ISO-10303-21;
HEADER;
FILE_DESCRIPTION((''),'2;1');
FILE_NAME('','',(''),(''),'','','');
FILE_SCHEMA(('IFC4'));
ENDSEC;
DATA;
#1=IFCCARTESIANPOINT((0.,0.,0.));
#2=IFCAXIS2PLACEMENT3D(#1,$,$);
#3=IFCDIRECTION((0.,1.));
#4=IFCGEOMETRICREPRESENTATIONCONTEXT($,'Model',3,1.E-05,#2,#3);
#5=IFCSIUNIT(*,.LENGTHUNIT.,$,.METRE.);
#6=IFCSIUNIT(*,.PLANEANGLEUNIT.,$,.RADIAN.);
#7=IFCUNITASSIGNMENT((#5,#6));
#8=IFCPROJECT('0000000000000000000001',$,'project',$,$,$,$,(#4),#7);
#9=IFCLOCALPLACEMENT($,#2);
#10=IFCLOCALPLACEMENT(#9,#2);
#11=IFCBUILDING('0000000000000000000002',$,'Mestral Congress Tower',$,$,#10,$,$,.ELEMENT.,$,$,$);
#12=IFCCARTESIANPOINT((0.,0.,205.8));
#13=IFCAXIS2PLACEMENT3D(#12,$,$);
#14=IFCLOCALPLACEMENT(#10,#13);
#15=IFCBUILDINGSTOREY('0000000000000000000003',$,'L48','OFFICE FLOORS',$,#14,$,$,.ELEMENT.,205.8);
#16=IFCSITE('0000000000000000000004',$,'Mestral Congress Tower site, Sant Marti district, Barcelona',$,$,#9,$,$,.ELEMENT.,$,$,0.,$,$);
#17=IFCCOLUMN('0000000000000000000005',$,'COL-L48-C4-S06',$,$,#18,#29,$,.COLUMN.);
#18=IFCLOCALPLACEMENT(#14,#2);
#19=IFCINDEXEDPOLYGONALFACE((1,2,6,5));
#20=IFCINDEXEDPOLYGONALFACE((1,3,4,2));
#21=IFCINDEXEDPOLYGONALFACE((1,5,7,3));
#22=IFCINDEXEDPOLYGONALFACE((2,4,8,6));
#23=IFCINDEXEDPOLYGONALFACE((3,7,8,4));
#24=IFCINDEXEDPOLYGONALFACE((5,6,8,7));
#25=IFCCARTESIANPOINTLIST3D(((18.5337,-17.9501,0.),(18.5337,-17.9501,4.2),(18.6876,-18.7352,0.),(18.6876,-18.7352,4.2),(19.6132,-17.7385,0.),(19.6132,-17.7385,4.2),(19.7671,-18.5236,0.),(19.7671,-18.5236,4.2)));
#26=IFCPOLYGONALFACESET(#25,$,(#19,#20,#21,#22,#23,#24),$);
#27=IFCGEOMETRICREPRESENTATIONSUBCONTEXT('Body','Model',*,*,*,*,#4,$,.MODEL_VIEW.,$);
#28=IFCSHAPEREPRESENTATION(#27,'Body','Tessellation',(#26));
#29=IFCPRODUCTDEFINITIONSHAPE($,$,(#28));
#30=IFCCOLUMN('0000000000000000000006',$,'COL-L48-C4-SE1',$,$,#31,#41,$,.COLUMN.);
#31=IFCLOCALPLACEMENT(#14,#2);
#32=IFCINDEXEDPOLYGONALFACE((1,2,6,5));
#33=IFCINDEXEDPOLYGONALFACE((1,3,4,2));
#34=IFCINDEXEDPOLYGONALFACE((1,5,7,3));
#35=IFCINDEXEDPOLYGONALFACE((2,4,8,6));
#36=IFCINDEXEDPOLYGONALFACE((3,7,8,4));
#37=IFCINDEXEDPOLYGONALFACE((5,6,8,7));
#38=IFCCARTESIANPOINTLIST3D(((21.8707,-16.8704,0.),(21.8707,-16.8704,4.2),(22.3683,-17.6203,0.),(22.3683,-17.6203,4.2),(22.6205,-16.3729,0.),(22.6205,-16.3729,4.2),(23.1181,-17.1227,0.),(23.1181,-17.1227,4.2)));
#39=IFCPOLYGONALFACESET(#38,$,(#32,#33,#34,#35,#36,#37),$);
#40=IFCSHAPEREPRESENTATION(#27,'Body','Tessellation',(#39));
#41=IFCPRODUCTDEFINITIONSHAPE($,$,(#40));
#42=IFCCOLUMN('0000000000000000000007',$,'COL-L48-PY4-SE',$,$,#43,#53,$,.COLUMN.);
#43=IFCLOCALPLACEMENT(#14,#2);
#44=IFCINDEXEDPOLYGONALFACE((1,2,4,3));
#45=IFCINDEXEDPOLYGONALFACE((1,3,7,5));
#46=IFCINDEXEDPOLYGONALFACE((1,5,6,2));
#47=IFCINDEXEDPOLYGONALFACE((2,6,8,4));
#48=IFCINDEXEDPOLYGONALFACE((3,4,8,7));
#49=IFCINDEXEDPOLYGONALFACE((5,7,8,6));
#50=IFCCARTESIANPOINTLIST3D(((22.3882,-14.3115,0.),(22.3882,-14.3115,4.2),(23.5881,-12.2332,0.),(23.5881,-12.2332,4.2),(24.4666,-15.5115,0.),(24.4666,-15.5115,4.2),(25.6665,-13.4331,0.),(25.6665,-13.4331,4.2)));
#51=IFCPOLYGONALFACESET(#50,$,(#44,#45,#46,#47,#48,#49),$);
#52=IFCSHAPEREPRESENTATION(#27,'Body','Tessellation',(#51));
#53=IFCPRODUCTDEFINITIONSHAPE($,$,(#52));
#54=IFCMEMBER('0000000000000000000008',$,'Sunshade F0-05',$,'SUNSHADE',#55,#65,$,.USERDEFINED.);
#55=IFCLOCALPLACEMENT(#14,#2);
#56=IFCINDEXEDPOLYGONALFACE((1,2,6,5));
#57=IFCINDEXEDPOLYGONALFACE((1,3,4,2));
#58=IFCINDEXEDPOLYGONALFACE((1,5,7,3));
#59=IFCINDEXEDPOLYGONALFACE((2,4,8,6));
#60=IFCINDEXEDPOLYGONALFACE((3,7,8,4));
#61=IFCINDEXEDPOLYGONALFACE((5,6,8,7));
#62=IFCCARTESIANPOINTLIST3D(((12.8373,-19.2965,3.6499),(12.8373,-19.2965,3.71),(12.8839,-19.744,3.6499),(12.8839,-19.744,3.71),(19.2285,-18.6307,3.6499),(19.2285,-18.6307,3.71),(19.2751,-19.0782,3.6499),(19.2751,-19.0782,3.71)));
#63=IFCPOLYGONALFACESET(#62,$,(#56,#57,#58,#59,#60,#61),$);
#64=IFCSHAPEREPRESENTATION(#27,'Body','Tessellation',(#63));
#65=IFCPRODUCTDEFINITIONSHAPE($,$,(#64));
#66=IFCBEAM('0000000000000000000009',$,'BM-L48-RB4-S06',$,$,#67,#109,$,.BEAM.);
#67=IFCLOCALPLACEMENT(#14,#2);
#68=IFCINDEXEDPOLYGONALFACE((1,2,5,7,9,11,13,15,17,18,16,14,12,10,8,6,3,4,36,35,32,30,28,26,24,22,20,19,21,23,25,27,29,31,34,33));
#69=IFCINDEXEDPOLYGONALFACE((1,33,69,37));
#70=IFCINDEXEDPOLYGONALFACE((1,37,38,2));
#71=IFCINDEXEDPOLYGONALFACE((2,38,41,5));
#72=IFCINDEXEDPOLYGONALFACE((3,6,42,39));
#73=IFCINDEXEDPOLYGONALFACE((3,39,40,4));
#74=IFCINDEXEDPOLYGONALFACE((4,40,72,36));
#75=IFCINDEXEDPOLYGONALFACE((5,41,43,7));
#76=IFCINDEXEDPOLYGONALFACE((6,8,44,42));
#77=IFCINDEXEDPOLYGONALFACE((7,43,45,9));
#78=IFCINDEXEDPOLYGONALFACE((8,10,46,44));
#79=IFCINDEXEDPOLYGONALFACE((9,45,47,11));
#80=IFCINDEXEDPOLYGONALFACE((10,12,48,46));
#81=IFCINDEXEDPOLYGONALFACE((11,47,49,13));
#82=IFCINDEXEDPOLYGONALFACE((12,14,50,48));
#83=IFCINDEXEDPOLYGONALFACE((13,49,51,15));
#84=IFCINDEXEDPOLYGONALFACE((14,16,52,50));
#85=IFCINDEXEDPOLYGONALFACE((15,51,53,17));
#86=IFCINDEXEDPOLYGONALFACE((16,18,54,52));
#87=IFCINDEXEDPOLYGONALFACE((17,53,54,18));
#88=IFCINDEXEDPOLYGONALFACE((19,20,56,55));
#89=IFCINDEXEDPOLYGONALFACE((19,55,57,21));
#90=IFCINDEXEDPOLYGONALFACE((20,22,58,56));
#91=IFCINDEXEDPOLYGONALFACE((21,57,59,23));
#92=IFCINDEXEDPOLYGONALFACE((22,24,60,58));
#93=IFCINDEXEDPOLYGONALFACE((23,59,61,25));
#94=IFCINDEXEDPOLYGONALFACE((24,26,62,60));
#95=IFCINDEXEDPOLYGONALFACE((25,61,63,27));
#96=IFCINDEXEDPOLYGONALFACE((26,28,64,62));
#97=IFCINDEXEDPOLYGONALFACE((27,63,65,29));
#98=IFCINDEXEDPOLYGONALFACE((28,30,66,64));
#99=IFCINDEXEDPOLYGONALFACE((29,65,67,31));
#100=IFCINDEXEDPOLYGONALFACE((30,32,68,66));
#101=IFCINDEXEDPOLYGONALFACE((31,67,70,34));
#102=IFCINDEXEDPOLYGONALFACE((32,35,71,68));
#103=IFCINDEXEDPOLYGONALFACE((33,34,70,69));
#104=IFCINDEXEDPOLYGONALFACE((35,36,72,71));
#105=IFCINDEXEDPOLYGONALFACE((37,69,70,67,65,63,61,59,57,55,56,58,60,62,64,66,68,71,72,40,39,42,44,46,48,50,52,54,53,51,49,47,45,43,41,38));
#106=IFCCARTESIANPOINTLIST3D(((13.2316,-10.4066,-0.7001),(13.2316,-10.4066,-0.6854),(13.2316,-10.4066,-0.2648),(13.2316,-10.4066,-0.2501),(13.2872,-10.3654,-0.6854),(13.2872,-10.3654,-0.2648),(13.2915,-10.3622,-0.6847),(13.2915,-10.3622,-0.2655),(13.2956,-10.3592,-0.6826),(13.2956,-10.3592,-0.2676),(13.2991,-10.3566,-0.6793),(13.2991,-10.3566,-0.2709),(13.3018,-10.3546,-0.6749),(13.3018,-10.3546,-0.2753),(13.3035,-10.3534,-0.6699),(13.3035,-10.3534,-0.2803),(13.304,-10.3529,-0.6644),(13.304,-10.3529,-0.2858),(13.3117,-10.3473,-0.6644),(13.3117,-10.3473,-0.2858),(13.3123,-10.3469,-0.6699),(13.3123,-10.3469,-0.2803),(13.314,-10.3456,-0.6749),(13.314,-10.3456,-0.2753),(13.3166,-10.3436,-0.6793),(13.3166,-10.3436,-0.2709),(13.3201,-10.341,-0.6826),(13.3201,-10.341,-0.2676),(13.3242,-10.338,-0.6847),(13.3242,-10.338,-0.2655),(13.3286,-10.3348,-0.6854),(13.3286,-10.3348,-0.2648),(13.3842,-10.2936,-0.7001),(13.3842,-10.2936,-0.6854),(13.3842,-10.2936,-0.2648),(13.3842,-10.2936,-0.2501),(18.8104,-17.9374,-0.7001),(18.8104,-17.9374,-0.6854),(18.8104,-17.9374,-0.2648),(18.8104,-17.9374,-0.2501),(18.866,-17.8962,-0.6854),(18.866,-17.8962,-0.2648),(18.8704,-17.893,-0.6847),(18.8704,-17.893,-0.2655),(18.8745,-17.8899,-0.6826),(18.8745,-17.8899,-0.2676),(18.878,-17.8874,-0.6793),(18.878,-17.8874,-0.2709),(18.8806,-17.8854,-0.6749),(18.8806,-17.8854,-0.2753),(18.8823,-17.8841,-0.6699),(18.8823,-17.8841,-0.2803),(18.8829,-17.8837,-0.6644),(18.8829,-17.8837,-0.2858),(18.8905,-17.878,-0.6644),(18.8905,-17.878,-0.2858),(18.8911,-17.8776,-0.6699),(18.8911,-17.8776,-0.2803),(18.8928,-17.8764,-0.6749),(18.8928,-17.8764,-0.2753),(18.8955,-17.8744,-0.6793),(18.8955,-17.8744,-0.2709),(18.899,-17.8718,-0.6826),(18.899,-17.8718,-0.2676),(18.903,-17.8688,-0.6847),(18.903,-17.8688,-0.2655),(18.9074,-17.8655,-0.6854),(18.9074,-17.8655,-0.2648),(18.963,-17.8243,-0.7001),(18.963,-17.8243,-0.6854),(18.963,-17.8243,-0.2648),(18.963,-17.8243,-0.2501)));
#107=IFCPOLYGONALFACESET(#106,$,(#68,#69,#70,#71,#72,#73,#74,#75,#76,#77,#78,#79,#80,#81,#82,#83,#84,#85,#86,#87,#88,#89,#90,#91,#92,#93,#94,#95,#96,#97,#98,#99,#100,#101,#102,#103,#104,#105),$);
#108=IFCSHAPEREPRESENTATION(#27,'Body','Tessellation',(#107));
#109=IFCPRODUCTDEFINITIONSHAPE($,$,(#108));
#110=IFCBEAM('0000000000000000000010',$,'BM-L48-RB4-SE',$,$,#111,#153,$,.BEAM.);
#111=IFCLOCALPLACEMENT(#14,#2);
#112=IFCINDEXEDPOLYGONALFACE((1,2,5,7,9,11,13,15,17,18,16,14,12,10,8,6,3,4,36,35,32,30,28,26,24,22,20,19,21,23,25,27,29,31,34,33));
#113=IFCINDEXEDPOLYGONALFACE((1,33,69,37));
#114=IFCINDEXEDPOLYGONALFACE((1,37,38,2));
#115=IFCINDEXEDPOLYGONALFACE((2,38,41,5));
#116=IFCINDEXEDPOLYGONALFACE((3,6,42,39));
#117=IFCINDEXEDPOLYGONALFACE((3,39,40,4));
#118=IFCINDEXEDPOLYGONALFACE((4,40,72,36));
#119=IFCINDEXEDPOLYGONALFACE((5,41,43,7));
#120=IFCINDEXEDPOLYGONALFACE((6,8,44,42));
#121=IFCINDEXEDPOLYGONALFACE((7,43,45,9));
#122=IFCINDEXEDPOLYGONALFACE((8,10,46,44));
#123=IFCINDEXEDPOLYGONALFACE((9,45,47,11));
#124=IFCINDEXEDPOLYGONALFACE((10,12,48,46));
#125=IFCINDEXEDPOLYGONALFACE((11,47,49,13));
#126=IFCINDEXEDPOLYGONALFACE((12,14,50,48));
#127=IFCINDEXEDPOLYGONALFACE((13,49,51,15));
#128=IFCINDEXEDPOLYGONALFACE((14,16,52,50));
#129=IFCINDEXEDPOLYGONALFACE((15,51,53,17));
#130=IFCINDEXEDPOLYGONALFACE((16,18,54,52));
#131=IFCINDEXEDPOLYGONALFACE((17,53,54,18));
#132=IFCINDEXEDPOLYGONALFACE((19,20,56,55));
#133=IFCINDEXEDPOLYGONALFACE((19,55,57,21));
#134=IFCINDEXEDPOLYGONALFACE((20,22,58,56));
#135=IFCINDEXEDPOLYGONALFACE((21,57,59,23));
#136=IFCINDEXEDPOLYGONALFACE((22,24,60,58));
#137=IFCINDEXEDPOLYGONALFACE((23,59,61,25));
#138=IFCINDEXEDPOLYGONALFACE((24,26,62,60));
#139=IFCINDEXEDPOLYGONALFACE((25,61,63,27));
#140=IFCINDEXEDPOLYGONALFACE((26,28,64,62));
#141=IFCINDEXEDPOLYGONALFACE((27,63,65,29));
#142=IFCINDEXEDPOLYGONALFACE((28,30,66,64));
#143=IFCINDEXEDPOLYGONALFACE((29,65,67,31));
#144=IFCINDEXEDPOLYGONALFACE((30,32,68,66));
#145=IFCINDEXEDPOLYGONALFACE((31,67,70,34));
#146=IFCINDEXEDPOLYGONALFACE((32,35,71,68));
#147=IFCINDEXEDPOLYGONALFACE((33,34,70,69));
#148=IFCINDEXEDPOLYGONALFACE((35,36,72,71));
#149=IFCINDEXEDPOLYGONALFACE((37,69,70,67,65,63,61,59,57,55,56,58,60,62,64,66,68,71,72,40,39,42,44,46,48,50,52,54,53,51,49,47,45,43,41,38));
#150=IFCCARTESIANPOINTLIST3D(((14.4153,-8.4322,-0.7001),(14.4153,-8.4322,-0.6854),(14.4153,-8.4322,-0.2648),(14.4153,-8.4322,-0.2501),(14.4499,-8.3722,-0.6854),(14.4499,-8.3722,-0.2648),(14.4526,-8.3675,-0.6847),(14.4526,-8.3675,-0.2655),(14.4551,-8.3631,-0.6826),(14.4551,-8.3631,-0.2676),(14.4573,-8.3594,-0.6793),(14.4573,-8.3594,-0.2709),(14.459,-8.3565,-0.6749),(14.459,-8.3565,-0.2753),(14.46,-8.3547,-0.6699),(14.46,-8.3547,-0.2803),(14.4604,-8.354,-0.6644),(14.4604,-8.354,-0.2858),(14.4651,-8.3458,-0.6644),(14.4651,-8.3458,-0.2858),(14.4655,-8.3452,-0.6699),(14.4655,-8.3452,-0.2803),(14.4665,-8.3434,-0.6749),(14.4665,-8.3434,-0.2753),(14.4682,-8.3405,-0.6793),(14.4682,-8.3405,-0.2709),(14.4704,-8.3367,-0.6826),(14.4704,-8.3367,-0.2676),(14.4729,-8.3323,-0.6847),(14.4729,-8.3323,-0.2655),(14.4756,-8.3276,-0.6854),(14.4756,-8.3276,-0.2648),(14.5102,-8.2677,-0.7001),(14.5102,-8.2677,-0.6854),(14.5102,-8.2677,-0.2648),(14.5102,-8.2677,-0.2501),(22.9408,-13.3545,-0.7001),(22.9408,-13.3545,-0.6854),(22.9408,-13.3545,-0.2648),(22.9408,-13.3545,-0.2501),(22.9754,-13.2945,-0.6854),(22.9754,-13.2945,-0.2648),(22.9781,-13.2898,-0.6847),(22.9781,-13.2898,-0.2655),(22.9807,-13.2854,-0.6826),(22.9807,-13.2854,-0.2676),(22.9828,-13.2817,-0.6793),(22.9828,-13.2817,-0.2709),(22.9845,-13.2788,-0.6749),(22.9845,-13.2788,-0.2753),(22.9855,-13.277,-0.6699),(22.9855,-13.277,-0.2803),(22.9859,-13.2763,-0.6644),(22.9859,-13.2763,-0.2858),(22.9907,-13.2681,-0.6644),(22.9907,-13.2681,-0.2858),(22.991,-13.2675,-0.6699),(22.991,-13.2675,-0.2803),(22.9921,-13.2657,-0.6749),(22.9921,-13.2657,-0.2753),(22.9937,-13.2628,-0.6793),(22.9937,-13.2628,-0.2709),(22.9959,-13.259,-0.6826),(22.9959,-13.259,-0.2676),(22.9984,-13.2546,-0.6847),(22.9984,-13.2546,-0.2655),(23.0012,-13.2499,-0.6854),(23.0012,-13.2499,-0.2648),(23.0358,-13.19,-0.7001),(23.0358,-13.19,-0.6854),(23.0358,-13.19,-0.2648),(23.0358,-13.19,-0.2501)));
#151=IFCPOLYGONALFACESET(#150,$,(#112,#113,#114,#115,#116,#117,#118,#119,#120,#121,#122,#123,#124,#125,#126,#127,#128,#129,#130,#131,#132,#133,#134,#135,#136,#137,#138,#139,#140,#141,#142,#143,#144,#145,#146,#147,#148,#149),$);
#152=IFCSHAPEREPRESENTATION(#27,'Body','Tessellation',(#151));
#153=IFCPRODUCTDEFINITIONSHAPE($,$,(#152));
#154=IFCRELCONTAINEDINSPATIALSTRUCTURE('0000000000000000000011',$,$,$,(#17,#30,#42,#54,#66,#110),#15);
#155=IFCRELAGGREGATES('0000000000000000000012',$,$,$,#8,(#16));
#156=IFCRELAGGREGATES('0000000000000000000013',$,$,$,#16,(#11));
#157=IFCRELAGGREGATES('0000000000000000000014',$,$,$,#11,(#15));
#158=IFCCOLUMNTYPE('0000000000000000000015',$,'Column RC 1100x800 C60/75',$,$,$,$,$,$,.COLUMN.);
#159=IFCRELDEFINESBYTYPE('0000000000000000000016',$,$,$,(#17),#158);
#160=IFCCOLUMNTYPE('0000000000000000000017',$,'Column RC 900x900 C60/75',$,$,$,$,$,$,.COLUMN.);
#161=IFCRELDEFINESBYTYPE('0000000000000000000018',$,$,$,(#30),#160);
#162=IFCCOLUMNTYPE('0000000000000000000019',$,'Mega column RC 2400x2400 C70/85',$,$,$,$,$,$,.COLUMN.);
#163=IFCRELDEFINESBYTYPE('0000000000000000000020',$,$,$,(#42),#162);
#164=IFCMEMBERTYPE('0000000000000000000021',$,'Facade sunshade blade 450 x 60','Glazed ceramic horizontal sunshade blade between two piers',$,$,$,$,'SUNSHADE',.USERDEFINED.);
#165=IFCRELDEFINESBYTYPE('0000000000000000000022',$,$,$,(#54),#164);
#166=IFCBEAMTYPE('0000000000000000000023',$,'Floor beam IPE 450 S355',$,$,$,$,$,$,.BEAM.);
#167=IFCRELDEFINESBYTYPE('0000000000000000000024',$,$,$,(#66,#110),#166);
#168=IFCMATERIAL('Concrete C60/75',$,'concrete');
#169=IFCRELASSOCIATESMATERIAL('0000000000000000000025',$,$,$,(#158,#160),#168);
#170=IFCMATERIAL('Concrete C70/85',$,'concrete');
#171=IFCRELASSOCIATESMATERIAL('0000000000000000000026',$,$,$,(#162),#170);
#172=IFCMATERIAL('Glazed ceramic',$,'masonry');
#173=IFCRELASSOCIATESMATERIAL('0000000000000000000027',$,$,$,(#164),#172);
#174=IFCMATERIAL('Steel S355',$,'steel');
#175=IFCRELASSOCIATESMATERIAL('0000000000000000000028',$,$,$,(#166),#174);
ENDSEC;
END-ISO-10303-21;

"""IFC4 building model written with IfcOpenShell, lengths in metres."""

from ifc_helpers import new_model, si_unit, direction, frame, origin, origin_2d, place, context, subcontext, project, spatial, rectangle, i_section, extrude, material, material_profile, profile_set, type_object, element, save


model = new_model("IFC4")

# Units and contexts
model_context = context("Model", 3, precision=1e-05, world=origin(), true_north=direction((0.0, 1.0)))
body_context = subcontext(model_context, "Body", "Model", "MODEL_VIEW")
ifc_project = project(units=[si_unit("LENGTHUNIT", "METRE"), si_unit("PLANEANGLEUNIT", "RADIAN")], contexts=[model_context])

# Site, building, storey
site_placement = place(None, origin())
site = spatial("IfcSite", under=ifc_project, at=site_placement, Name="Mestral Congress Tower site, Sant Marti district, Barcelona", CompositionType="ELEMENT", RefElevation=0.0)
building_placement = place(site_placement, origin())
building = spatial("IfcBuilding", under=site, at=building_placement, Name="Mestral Congress Tower", CompositionType="ELEMENT")
storey_placement = place(building_placement, frame((0.0, 0.0, 205.8)))
storey = spatial("IfcBuildingStorey", under=building, at=storey_placement, Name="L48", Description="OFFICE FLOORS", CompositionType="ELEMENT", Elevation=205.8)

# Columns
ifc_material_1 = material(Name="Concrete C60/75", Category="concrete")
ifc_material_profile_1 = material_profile(ifc_material_1, rectangle(XDim=1.1001, YDim=0.8, at=origin_2d()), Name="RC 1100x800")
ifc_profile_set_1 = profile_set([ifc_material_profile_1], Name="Concrete C60/75")
column_type_1 = type_object("IfcColumnType", Name="Column RC 1100x800 C60/75", PredefinedType="COLUMN", material=ifc_profile_set_1)
column_1_placement = place(storey_placement, frame((19.1504, -18.2368, 0.0), z_axis=(0.0, 0.0, 1.0), x_axis=(0.981325, 0.192359, 0.0)))
element("IfcColumn", 1, at=column_1_placement, inside=storey, type_object=column_type_1, Name="COL-L48-C4-S06", PredefinedType="COLUMN", context=body_context, shape_type="SweptSolid", body=[
    extrude(rectangle(XDim=1.1001, YDim=0.8, at=origin_2d()), origin(), (0.0, 0.0, 1.0), 4.2),
])
ifc_material_profile_2 = material_profile(ifc_material_1, rectangle(XDim=0.8999, YDim=0.8999, at=origin_2d()), Name="RC 900x900")
ifc_profile_set_2 = profile_set([ifc_material_profile_2], Name="Concrete C60/75")
column_type_2 = type_object("IfcColumnType", Name="Column RC 900x900 C60/75", PredefinedType="COLUMN", material=ifc_profile_set_2)
column_2_placement = place(storey_placement, frame((22.4944, -16.9966, 0.0), z_axis=(0.0, 0.0, 1.0), x_axis=(0.833239, 0.552913, 0.0)))
element("IfcColumn", 2, at=column_2_placement, inside=storey, type_object=column_type_2, Name="COL-L48-C4-SE1", PredefinedType="COLUMN", context=body_context, shape_type="SweptSolid", body=[
    extrude(rectangle(XDim=0.8999, YDim=0.8999, at=origin_2d()), origin(), (0.0, 0.0, 1.0), 4.2),
])
ifc_material_2 = material(Name="Concrete C70/85", Category="concrete")
ifc_material_profile_3 = material_profile(ifc_material_2, rectangle(XDim=2.3999, YDim=2.3999, at=origin_2d()), Name="RC 2400x2400")
ifc_profile_set_3 = profile_set([ifc_material_profile_3], Name="Concrete C70/85")
column_type_3 = type_object("IfcColumnType", Name="Mega column RC 2400x2400 C70/85", PredefinedType="COLUMN", material=ifc_profile_set_3)
column_3_placement = place(storey_placement, frame((24.0273, -13.8723, 0.0), z_axis=(0.0, 0.0, 1.0), x_axis=(0.866025, -0.5, 0.0)))
element("IfcColumn", 3, at=column_3_placement, inside=storey, type_object=column_type_3, Name="COL-L48-PY4-SE", PredefinedType="COLUMN", context=body_context, shape_type="SweptSolid", body=[
    extrude(rectangle(XDim=2.3999, YDim=2.3999, at=origin_2d()), origin(), (0.0, 0.0, 1.0), 4.2),
])

# Member
ifc_material_3 = material(Name="Glazed ceramic", Category="masonry")
ifc_material_profile_4 = material_profile(ifc_material_3, rectangle(XDim=0.45, YDim=0.0601, at=origin_2d()), Name="Ceramic blade 450 x 60")
ifc_profile_set_4 = profile_set([ifc_material_profile_4], Name="Glazed ceramic")
member_type = type_object("IfcMemberType", Name="Facade sunshade blade 450 x 60", Description="Glazed ceramic horizontal sunshade blade between two piers", ElementType="SUNSHADE", PredefinedType="USERDEFINED", material=ifc_profile_set_4)
member_placement = place(storey_placement, frame((12.8606, -19.5203, 3.6799), z_axis=(0.994618, 0.103611, 0.0), x_axis=(-0.103611, 0.994618, 0.0)))
element("IfcMember", 4, at=member_placement, inside=storey, type_object=member_type, Name="Sunshade F0-05", ObjectType="SUNSHADE", PredefinedType="USERDEFINED", context=body_context, shape_type="SweptSolid", body=[
    extrude(rectangle(XDim=0.45, YDim=0.0601, at=origin_2d()), origin(), (0.0, 0.0, 1.0), 6.4258),
])

# Beams
ifc_material_4 = material(Name="Steel S355", Category="steel")
ifc_material_profile_5 = material_profile(ifc_material_4, i_section(OverallWidth=0.1899, OverallDepth=0.45, WebThickness=0.0095, FlangeThickness=0.0146, FilletRadius=0.021, at=origin_2d()), Name="IPE 450")
ifc_profile_set_5 = profile_set([ifc_material_profile_5], Name="Steel S355")
beam_type_1 = type_object("IfcBeamType", Name="Floor beam IPE 450 S355", PredefinedType="BEAM", material=ifc_profile_set_5)
beam_1_placement = place(storey_placement, frame((18.8867, -17.8809, -0.4751), z_axis=(-0.595263, 0.803531, 0.0), x_axis=(-0.803531, -0.595263, 0.0)))
element("IfcBeam", 5, at=beam_1_placement, inside=storey, type_object=beam_type_1, Name="BM-L48-RB4-S06", PredefinedType="BEAM", context=body_context, shape_type="SweptSolid", body=[
    extrude(i_section(OverallWidth=0.1899, OverallDepth=0.45, WebThickness=0.0095, FlangeThickness=0.0146, FilletRadius=0.021, at=origin_2d()), origin(), (0.0, 0.0, 1.0), 9.3721),
])
beam_2_placement = place(storey_placement, frame((22.9883, -13.2722, -0.4751), z_axis=(-0.866022, 0.500007, 0.0), x_axis=(-0.500007, -0.866022, 0.0)))
element("IfcBeam", 6, at=beam_2_placement, inside=storey, type_object=beam_type_1, Name="BM-L48-RB4-SE", PredefinedType="BEAM", context=body_context, shape_type="SweptSolid", body=[
    extrude(i_section(OverallWidth=0.1899, OverallDepth=0.45, WebThickness=0.0095, FlangeThickness=0.0146, FilletRadius=0.021, at=origin_2d()), origin(), (0.0, 0.0, 1.0), 9.8445),
])

save(model, "model.ifc")
